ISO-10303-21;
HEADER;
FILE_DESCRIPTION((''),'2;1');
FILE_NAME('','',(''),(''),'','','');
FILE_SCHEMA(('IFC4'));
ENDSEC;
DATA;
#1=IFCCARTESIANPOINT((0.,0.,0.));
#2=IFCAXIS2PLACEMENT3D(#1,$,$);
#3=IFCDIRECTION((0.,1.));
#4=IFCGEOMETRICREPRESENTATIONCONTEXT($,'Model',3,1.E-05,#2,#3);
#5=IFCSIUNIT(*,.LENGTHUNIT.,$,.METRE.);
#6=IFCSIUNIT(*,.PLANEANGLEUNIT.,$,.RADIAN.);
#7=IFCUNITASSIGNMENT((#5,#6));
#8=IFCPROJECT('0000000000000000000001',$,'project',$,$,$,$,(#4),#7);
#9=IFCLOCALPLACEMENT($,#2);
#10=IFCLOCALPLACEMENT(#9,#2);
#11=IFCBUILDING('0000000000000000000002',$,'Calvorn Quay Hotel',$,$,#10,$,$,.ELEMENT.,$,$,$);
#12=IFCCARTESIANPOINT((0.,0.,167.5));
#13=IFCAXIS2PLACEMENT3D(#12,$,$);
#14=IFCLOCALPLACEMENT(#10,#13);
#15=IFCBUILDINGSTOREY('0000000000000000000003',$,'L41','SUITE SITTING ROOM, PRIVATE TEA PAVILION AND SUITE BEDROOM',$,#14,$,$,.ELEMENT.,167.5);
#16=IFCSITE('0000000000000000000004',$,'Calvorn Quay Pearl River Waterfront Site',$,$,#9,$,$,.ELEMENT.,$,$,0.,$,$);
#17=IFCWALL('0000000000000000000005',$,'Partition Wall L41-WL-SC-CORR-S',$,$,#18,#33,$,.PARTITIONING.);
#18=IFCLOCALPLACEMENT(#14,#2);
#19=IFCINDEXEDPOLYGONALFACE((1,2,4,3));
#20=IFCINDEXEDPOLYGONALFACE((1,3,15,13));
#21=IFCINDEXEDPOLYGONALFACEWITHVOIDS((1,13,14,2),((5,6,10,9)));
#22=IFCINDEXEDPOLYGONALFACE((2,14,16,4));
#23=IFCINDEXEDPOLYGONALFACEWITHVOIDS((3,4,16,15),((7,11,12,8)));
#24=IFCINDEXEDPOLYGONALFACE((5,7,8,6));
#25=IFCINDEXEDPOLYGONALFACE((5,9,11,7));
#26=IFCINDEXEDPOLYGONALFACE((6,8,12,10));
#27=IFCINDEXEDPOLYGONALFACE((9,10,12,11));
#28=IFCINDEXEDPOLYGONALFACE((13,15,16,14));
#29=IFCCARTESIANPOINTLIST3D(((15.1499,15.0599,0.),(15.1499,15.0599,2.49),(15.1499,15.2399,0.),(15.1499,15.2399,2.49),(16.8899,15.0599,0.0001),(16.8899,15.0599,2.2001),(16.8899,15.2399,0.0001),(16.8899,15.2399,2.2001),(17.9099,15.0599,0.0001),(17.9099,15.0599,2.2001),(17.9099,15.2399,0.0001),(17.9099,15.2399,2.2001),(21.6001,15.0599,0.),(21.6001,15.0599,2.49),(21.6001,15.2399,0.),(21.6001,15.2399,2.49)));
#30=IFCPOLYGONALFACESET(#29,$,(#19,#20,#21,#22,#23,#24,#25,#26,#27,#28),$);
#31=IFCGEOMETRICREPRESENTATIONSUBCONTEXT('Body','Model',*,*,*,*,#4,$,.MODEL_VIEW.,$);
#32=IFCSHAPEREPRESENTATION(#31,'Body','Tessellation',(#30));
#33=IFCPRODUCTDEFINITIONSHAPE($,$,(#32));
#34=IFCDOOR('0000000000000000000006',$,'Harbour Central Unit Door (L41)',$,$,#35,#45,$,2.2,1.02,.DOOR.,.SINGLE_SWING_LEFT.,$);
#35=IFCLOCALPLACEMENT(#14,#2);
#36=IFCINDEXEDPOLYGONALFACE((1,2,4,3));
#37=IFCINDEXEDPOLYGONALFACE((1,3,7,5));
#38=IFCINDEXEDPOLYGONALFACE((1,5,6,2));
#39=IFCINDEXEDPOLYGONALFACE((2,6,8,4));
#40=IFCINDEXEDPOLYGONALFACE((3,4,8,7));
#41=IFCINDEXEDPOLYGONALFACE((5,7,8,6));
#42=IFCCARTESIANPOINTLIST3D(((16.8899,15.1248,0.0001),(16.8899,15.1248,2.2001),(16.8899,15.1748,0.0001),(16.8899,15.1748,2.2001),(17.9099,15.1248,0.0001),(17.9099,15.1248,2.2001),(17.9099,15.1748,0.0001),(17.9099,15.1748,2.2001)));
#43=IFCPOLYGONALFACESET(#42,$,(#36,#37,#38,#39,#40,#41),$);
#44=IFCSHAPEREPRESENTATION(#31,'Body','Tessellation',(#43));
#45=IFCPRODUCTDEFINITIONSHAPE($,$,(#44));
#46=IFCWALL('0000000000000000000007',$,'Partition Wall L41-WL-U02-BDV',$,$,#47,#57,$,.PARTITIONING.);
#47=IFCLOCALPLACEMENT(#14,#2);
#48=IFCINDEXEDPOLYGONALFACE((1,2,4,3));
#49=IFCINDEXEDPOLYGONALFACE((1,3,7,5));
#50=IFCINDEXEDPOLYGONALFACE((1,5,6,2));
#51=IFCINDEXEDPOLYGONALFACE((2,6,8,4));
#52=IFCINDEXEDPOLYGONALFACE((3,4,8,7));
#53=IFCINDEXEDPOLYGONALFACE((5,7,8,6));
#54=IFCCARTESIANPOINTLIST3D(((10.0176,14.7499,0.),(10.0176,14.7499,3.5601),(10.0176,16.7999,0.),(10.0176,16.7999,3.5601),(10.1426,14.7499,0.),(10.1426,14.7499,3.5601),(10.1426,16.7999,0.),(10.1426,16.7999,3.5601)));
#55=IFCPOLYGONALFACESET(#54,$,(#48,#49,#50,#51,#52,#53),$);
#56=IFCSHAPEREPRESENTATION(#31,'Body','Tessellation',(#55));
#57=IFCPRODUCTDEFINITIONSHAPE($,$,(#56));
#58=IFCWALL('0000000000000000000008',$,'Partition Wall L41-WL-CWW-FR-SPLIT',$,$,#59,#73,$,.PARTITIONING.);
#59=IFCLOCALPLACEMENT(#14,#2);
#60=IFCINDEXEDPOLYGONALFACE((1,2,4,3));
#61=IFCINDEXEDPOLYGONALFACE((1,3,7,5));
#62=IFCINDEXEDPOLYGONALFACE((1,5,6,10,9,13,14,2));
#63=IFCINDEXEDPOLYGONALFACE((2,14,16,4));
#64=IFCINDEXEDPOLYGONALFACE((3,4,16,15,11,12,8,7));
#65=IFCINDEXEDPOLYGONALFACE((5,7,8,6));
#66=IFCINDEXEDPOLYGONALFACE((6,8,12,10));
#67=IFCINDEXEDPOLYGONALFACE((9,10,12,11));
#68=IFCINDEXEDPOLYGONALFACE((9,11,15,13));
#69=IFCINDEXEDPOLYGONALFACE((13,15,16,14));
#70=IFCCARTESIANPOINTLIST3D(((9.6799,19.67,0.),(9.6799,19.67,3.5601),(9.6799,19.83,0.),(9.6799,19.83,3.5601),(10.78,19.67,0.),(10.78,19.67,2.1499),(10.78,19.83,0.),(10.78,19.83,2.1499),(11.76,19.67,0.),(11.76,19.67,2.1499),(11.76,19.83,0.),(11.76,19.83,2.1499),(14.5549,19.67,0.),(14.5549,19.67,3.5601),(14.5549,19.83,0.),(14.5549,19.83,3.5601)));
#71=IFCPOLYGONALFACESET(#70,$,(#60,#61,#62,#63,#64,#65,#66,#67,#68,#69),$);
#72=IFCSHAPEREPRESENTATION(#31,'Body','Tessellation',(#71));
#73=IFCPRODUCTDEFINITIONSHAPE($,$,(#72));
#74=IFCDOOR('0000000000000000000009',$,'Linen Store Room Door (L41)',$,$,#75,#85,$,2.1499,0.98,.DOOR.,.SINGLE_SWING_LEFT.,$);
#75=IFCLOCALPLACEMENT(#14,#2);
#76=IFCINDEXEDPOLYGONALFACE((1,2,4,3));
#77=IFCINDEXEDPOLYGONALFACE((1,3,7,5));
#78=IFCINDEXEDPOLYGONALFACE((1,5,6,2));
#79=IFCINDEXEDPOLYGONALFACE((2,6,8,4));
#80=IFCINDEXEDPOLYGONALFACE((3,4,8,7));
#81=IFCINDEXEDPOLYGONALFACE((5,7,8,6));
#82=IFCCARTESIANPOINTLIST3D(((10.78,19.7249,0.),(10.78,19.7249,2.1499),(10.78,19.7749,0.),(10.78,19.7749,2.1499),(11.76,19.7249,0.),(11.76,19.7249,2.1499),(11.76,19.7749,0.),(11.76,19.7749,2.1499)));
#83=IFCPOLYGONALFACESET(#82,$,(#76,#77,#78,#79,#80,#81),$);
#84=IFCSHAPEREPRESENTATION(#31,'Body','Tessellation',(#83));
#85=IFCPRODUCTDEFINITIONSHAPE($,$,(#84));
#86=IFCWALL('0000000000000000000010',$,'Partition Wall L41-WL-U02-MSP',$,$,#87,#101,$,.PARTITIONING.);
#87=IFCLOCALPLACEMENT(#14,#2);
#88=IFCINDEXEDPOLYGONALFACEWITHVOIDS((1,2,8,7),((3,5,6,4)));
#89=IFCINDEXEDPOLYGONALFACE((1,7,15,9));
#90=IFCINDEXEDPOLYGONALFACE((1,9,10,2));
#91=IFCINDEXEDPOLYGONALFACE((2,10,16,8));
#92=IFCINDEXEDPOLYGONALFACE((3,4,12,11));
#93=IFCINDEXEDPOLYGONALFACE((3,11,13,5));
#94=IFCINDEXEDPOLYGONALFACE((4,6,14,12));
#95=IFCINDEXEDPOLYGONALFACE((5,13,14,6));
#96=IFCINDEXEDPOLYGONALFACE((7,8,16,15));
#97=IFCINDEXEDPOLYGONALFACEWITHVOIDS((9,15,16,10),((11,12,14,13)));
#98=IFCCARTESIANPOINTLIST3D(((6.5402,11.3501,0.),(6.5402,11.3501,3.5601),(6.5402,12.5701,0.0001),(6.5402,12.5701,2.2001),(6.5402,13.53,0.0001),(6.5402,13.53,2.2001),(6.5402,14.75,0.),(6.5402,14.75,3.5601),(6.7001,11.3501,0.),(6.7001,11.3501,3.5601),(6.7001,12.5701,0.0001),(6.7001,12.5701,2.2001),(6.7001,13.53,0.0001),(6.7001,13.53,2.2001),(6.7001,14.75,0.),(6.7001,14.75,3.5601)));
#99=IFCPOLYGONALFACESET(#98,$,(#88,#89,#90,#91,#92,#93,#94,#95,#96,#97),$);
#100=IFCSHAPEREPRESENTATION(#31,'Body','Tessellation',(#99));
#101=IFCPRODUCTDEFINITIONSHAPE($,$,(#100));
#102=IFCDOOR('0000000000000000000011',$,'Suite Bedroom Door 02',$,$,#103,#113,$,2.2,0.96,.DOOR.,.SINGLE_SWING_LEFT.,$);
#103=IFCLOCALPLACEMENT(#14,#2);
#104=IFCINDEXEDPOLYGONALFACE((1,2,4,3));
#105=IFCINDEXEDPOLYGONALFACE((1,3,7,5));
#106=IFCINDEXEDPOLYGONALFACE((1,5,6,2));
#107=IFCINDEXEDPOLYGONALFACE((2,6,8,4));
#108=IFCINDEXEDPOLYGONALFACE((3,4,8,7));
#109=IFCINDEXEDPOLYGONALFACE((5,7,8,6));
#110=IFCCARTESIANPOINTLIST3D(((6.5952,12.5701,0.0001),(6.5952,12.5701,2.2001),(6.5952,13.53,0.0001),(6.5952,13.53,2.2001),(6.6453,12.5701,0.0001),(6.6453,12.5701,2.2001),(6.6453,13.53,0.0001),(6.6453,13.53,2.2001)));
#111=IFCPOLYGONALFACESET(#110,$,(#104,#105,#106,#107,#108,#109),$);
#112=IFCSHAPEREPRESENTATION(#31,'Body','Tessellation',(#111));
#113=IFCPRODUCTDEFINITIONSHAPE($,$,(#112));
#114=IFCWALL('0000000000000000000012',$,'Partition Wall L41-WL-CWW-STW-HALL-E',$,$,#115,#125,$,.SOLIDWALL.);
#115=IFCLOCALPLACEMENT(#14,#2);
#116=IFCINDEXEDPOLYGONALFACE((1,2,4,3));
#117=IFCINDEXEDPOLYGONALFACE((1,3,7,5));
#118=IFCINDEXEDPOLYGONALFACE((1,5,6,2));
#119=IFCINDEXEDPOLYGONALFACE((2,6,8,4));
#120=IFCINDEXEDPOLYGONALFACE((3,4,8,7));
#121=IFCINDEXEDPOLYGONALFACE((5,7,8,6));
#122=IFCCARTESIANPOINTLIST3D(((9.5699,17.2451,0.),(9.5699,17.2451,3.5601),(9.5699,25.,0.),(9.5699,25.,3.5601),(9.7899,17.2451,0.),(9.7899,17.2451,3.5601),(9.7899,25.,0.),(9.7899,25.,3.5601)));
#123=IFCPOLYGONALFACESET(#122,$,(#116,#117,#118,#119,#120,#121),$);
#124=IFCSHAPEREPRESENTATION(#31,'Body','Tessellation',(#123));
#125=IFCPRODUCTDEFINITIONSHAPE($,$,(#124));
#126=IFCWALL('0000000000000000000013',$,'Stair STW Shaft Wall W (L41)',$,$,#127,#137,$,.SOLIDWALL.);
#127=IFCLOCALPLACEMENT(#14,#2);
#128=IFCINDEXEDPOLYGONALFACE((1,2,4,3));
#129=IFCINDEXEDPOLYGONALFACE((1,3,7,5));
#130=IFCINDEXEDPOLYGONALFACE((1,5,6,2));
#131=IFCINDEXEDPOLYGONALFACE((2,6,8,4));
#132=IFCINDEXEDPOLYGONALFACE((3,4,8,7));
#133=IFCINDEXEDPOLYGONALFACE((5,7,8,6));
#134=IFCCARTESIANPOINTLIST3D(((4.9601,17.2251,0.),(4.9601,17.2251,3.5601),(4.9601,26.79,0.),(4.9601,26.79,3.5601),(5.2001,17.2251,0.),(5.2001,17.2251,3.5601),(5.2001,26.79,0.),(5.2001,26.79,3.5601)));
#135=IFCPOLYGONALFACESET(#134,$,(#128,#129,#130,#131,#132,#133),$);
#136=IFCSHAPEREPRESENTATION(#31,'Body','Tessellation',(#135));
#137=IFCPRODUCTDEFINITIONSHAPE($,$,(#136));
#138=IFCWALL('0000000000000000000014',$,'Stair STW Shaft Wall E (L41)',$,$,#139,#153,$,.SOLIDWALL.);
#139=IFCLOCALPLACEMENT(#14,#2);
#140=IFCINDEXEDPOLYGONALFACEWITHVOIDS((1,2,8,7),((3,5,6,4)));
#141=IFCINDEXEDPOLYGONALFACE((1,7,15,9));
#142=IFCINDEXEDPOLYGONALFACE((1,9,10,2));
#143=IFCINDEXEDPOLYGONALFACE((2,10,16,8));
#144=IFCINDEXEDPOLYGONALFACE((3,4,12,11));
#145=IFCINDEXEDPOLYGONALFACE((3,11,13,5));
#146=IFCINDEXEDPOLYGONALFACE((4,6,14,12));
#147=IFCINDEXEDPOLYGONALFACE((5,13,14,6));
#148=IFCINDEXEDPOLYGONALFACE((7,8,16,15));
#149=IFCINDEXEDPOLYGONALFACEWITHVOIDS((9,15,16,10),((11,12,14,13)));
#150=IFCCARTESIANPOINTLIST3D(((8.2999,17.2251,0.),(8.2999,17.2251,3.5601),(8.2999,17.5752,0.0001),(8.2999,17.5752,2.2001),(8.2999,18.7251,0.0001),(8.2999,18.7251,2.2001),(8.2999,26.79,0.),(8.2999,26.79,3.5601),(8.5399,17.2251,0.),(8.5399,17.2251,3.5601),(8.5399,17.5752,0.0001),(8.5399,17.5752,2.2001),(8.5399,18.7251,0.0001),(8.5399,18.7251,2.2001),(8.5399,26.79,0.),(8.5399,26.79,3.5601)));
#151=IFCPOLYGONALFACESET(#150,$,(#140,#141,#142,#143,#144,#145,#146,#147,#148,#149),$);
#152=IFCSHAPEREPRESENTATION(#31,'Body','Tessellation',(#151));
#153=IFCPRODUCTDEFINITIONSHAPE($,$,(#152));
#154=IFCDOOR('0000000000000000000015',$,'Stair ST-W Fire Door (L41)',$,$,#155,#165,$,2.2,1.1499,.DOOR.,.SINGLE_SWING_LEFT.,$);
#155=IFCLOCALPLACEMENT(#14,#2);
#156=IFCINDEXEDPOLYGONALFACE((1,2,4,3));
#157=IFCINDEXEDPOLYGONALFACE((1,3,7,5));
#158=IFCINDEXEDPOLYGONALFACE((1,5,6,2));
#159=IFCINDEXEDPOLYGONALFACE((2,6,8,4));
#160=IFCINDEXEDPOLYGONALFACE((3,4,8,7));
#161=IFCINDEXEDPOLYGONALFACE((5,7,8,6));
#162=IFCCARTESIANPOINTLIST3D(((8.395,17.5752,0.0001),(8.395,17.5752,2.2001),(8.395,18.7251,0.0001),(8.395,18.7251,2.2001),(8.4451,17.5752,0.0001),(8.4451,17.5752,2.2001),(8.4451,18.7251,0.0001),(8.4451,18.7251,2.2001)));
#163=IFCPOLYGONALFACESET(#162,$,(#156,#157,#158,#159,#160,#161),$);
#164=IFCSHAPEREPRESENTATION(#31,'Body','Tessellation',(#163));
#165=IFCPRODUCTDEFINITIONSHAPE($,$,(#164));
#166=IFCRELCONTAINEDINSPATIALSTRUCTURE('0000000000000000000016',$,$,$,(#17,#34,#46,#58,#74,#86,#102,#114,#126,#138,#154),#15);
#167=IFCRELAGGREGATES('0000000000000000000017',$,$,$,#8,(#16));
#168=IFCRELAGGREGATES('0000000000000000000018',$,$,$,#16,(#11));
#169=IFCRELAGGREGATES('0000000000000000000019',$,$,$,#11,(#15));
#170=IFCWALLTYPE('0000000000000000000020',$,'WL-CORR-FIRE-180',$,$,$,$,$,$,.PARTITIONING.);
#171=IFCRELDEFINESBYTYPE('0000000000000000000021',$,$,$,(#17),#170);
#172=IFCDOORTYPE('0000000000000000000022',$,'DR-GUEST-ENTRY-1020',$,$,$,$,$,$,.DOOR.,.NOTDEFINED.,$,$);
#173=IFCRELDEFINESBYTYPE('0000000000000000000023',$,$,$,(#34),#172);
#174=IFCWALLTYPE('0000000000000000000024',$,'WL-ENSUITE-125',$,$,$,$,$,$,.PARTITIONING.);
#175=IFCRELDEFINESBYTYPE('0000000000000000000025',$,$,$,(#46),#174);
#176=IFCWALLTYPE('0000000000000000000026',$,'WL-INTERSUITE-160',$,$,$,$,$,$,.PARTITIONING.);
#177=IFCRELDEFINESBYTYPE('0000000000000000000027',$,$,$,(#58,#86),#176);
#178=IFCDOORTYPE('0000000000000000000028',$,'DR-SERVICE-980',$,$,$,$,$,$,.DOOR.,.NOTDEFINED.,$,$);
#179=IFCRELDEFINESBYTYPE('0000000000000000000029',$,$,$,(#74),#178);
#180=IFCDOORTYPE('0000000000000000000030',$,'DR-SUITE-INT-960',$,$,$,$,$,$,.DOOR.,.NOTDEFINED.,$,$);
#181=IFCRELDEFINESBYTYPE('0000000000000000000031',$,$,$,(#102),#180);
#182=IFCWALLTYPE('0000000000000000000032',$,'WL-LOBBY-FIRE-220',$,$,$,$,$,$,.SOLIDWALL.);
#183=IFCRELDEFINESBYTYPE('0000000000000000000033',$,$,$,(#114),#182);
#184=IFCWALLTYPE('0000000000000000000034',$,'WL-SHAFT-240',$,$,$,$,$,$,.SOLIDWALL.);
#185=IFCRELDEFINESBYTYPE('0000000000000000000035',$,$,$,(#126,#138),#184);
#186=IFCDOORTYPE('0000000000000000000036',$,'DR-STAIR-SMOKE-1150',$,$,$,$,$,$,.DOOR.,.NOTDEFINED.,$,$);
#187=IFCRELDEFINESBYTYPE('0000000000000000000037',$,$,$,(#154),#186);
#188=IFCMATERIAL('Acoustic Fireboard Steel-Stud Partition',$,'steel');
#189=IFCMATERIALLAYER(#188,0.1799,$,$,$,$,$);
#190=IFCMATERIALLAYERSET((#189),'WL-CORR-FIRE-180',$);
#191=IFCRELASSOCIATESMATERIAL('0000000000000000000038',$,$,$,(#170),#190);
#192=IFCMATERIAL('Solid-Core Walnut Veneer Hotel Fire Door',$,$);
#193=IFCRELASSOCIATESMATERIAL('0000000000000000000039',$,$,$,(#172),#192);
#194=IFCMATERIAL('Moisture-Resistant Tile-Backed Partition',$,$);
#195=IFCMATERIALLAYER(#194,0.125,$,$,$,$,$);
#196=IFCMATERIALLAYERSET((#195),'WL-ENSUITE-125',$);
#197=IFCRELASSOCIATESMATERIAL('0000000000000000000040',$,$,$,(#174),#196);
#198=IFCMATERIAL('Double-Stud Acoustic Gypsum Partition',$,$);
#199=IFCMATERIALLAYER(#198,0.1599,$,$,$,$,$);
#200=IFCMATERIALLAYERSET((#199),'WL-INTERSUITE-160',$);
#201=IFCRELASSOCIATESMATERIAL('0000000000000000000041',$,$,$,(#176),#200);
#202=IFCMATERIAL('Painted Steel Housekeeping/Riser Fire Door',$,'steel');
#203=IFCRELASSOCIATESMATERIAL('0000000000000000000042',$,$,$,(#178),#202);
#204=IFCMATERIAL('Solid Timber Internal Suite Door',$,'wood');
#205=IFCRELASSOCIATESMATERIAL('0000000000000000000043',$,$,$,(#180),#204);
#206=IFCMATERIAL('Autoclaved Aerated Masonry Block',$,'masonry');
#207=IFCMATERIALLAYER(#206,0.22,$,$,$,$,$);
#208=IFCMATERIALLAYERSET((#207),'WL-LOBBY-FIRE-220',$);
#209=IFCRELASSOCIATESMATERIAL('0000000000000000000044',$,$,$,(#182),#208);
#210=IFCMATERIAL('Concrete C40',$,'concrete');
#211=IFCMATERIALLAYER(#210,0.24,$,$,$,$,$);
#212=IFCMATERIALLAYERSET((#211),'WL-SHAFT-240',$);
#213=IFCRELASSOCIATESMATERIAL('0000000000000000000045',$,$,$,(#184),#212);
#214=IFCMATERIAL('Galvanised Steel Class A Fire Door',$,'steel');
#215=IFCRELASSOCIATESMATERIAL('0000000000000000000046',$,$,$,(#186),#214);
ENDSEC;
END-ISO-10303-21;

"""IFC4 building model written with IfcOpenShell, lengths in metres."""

from ifc_helpers import new_model, si_unit, direction, frame, frame_2d, origin, place, context, subcontext, project, spatial, rectangle, extrude, material, layer, layer_set, type_object, element, fill, save


model = new_model("IFC4")

# Units and contexts
model_context = context("Model", 3, precision=1e-05, world=origin(), true_north=direction((0.0, 1.0)))
body_context = subcontext(model_context, "Body", "Model", "MODEL_VIEW")
ifc_project = project(units=[si_unit("LENGTHUNIT", "METRE"), si_unit("PLANEANGLEUNIT", "RADIAN")], contexts=[model_context])

# Site, building, storey
site_placement = place(None, origin())
site = spatial("IfcSite", under=ifc_project, at=site_placement, Name="Calvorn Quay Pearl River Waterfront Site", CompositionType="ELEMENT", RefElevation=0.0)
building_placement = place(site_placement, origin())
building = spatial("IfcBuilding", under=site, at=building_placement, Name="Calvorn Quay Hotel", CompositionType="ELEMENT")
storey_placement = place(building_placement, frame((0.0, 0.0, 167.5)))
storey = spatial("IfcBuildingStorey", under=building, at=storey_placement, Name="L41", Description="SUITE SITTING ROOM, PRIVATE TEA PAVILION AND SUITE BEDROOM", CompositionType="ELEMENT", Elevation=167.5)

# Wall, opening, door
ifc_material_1 = material(Name="Acoustic Fireboard Steel-Stud Partition", Category="steel")
ifc_layer_1 = layer(ifc_material_1, 0.1799)
ifc_layer_set_1 = layer_set([ifc_layer_1], Name="WL-CORR-FIRE-180")
wall_type_1 = type_object("IfcWallType", Name="WL-CORR-FIRE-180", PredefinedType="PARTITIONING", material=ifc_layer_set_1)
wall_1_placement = place(storey_placement, frame((15.1499, 15.1499, 0.0), z_axis=(0.0, 0.0, 1.0), x_axis=(1.0, 0.0, 0.0)))
wall_1 = element("IfcWall", 1, at=wall_1_placement, inside=storey, type_object=wall_type_1, Name="Partition Wall L41-WL-SC-CORR-S", PredefinedType="PARTITIONING", context=body_context, shape_type="SweptSolid", body=[
    extrude(rectangle(XDim=6.4502, YDim=0.1799, at=frame_2d((3.2251, 0.0))), origin(), (0.0, 0.0, 1.0), 2.49),
])
opening_1_placement = place(wall_1_placement, frame((1.74, 0.0, 0.0)))
opening_1 = element("IfcOpeningElement", 2, at=opening_1_placement, cuts=wall_1, PredefinedType="OPENING", context=body_context, shape_type="SweptSolid", body=[
    extrude(rectangle(XDim=1.02, YDim=2.2, at=frame_2d((0.51, 1.1001))), frame((0.0, 0.0999, 0.0), z_axis=(0.0, -1.0, 0.0), x_axis=(1.0, 0.0, 0.0)), (0.0, 0.0, 1.0), 0.2),
])
ifc_material_2 = material(Name="Solid-Core Walnut Veneer Hotel Fire Door")
door_type_1 = type_object("IfcDoorType", Name="DR-GUEST-ENTRY-1020", OperationType="NOTDEFINED", PredefinedType="DOOR", material=ifc_material_2)
door_1_placement = place(opening_1_placement, origin())
door_1 = element("IfcDoor", 3, at=door_1_placement, inside=storey, type_object=door_type_1, Name="Harbour Central Unit Door (L41)", OperationType="SINGLE_SWING_LEFT", OverallHeight=2.2, OverallWidth=1.02, PredefinedType="DOOR", context=body_context, shape_type="SweptSolid", body=[
    extrude(rectangle(XDim=1.02, YDim=2.2, at=frame_2d((0.51, 1.1001))), frame((0.0, 0.0249, 0.0), z_axis=(0.0, -1.0, 0.0), x_axis=(1.0, 0.0, 0.0)), (0.0, 0.0, 1.0), 0.05),
])
fill(opening_1, door_1)

# Wall
ifc_material_3 = material(Name="Moisture-Resistant Tile-Backed Partition")
ifc_layer_2 = layer(ifc_material_3, 0.125)
ifc_layer_set_2 = layer_set([ifc_layer_2], Name="WL-ENSUITE-125")
wall_type_2 = type_object("IfcWallType", Name="WL-ENSUITE-125", PredefinedType="PARTITIONING", material=ifc_layer_set_2)
wall_2_placement = place(storey_placement, frame((10.0801, 14.75, 0.0), z_axis=(0.0, 0.0, 1.0), x_axis=(0.0, 1.0, 0.0)))
element("IfcWall", 4, at=wall_2_placement, inside=storey, type_object=wall_type_2, Name="Partition Wall L41-WL-U02-BDV", PredefinedType="PARTITIONING", context=body_context, shape_type="SweptSolid", body=[
    extrude(rectangle(XDim=2.05, YDim=0.125, at=frame_2d((1.0249, 0.0))), origin(), (0.0, 0.0, 1.0), 3.5601),
])

# Walls, openings, doors
ifc_material_4 = material(Name="Double-Stud Acoustic Gypsum Partition")
ifc_layer_3 = layer(ifc_material_4, 0.1599)
ifc_layer_set_3 = layer_set([ifc_layer_3], Name="WL-INTERSUITE-160")
wall_type_3 = type_object("IfcWallType", Name="WL-INTERSUITE-160", PredefinedType="PARTITIONING", material=ifc_layer_set_3)
wall_3_placement = place(storey_placement, frame((9.6799, 19.75, 0.0), z_axis=(0.0, 0.0, 1.0), x_axis=(1.0, 0.0, 0.0)))
wall_3 = element("IfcWall", 5, at=wall_3_placement, inside=storey, type_object=wall_type_3, Name="Partition Wall L41-WL-CWW-FR-SPLIT", PredefinedType="PARTITIONING", context=body_context, shape_type="SweptSolid", body=[
    extrude(rectangle(XDim=4.875, YDim=0.1599, at=frame_2d((2.4375, 0.0))), origin(), (0.0, 0.0, 1.0), 3.5601),
])
opening_2_placement = place(wall_3_placement, frame((1.1001, 0.0, 0.0)))
opening_2 = element("IfcOpeningElement", 6, at=opening_2_placement, cuts=wall_3, PredefinedType="OPENING", context=body_context, shape_type="SweptSolid", body=[
    extrude(rectangle(XDim=0.98, YDim=2.1499, at=frame_2d((0.49, 1.075))), frame((0.0, 0.0898, 0.0), z_axis=(0.0, -1.0, 0.0), x_axis=(1.0, 0.0, 0.0)), (0.0, 0.0, 1.0), 0.1799),
])
ifc_material_5 = material(Name="Painted Steel Housekeeping/Riser Fire Door", Category="steel")
door_type_2 = type_object("IfcDoorType", Name="DR-SERVICE-980", OperationType="NOTDEFINED", PredefinedType="DOOR", material=ifc_material_5)
door_2_placement = place(opening_2_placement, origin())
door_2 = element("IfcDoor", 7, at=door_2_placement, inside=storey, type_object=door_type_2, Name="Linen Store Room Door (L41)", OperationType="SINGLE_SWING_LEFT", OverallHeight=2.1499, OverallWidth=0.98, PredefinedType="DOOR", context=body_context, shape_type="SweptSolid", body=[
    extrude(rectangle(XDim=0.98, YDim=2.1499, at=frame_2d((0.49, 1.075))), frame((0.0, 0.0249, 0.0), z_axis=(0.0, -1.0, 0.0), x_axis=(1.0, 0.0, 0.0)), (0.0, 0.0, 1.0), 0.05),
])
fill(opening_2, door_2)
wall_4_placement = place(storey_placement, frame((6.6201, 11.3501, 0.0), z_axis=(0.0, 0.0, 1.0), x_axis=(0.0, 1.0, 0.0)))
wall_4 = element("IfcWall", 8, at=wall_4_placement, inside=storey, type_object=wall_type_3, Name="Partition Wall L41-WL-U02-MSP", PredefinedType="PARTITIONING", context=body_context, shape_type="SweptSolid", body=[
    extrude(rectangle(XDim=3.3999, YDim=0.1599, at=frame_2d((1.7, 0.0))), origin(), (0.0, 0.0, 1.0), 3.5601),
])
opening_3_placement = place(wall_4_placement, frame((1.22, 0.0, 0.0)))
opening_3 = element("IfcOpeningElement", 9, at=opening_3_placement, cuts=wall_4, PredefinedType="OPENING", context=body_context, shape_type="SweptSolid", body=[
    extrude(rectangle(XDim=0.96, YDim=2.2, at=frame_2d((0.48, 1.1001))), frame((0.0, 0.0898, 0.0), z_axis=(0.0, -1.0, 0.0), x_axis=(1.0, 0.0, 0.0)), (0.0, 0.0, 1.0), 0.1799),
])
ifc_material_6 = material(Name="Solid Timber Internal Suite Door", Category="wood")
door_type_3 = type_object("IfcDoorType", Name="DR-SUITE-INT-960", OperationType="NOTDEFINED", PredefinedType="DOOR", material=ifc_material_6)
door_3_placement = place(opening_3_placement, origin())
door_3 = element("IfcDoor", 10, at=door_3_placement, inside=storey, type_object=door_type_3, Name="Suite Bedroom Door 02", OperationType="SINGLE_SWING_LEFT", OverallHeight=2.2, OverallWidth=0.96, PredefinedType="DOOR", context=body_context, shape_type="SweptSolid", body=[
    extrude(rectangle(XDim=0.96, YDim=2.2, at=frame_2d((0.48, 1.1001))), frame((0.0, 0.0249, 0.0), z_axis=(0.0, -1.0, 0.0), x_axis=(1.0, 0.0, 0.0)), (0.0, 0.0, 1.0), 0.05),
])
fill(opening_3, door_3)

# Walls
ifc_material_7 = material(Name="Autoclaved Aerated Masonry Block", Category="masonry")
ifc_layer_4 = layer(ifc_material_7, 0.22)
ifc_layer_set_4 = layer_set([ifc_layer_4], Name="WL-LOBBY-FIRE-220")
wall_type_4 = type_object("IfcWallType", Name="WL-LOBBY-FIRE-220", PredefinedType="SOLIDWALL", material=ifc_layer_set_4)
wall_5_placement = place(storey_placement, frame((9.6799, 17.2451, 0.0), z_axis=(0.0, 0.0, 1.0), x_axis=(0.0, 1.0, 0.0)))
element("IfcWall", 11, at=wall_5_placement, inside=storey, type_object=wall_type_4, Name="Partition Wall L41-WL-CWW-STW-HALL-E", PredefinedType="SOLIDWALL", context=body_context, shape_type="SweptSolid", body=[
    extrude(rectangle(XDim=7.7549, YDim=0.22, at=frame_2d((3.8774, 0.0))), origin(), (0.0, 0.0, 1.0), 3.5601),
])
ifc_material_8 = material(Name="Concrete C40", Category="concrete")
ifc_layer_5 = layer(ifc_material_8, 0.24)
ifc_layer_set_5 = layer_set([ifc_layer_5], Name="WL-SHAFT-240")
wall_type_5 = type_object("IfcWallType", Name="WL-SHAFT-240", PredefinedType="SOLIDWALL", material=ifc_layer_set_5)
wall_6_placement = place(storey_placement, frame((5.0801, 17.2251, 0.0), z_axis=(0.0, 0.0, 1.0), x_axis=(0.0, 1.0, 0.0)))
element("IfcWall", 12, at=wall_6_placement, inside=storey, type_object=wall_type_5, Name="Stair STW Shaft Wall W (L41)", PredefinedType="SOLIDWALL", context=body_context, shape_type="SweptSolid", body=[
    extrude(rectangle(XDim=9.5649, YDim=0.24, at=frame_2d((4.7825, 0.0))), origin(), (0.0, 0.0, 1.0), 3.5601),
])

# Wall, opening, door
wall_7_placement = place(storey_placement, frame((8.4199, 17.2251, 0.0), z_axis=(0.0, 0.0, 1.0), x_axis=(0.0, 1.0, 0.0)))
wall_7 = element("IfcWall", 13, at=wall_7_placement, inside=storey, type_object=wall_type_5, Name="Stair STW Shaft Wall E (L41)", PredefinedType="SOLIDWALL", context=body_context, shape_type="SweptSolid", body=[
    extrude(rectangle(XDim=9.5649, YDim=0.24, at=frame_2d((4.7825, 0.0))), origin(), (0.0, 0.0, 1.0), 3.5601),
])
opening_4_placement = place(wall_7_placement, frame((0.3501, 0.0, 0.0)))
opening_4 = element("IfcOpeningElement", 14, at=opening_4_placement, cuts=wall_7, PredefinedType="OPENING", context=body_context, shape_type="SweptSolid", body=[
    extrude(rectangle(XDim=1.1499, YDim=2.2, at=frame_2d((0.575, 1.1001))), frame((0.0, 0.1299, 0.0), z_axis=(0.0, -1.0, 0.0), x_axis=(1.0, 0.0, 0.0)), (0.0, 0.0, 1.0), 0.26),
])
ifc_material_9 = material(Name="Galvanised Steel Class A Fire Door", Category="steel")
door_type_4 = type_object("IfcDoorType", Name="DR-STAIR-SMOKE-1150", OperationType="NOTDEFINED", PredefinedType="DOOR", material=ifc_material_9)
door_4_placement = place(opening_4_placement, origin())
door_4 = element("IfcDoor", 15, at=door_4_placement, inside=storey, type_object=door_type_4, Name="Stair ST-W Fire Door (L41)", OperationType="SINGLE_SWING_LEFT", OverallHeight=2.2, OverallWidth=1.1499, PredefinedType="DOOR", context=body_context, shape_type="SweptSolid", body=[
    extrude(rectangle(XDim=1.1499, YDim=2.2, at=frame_2d((0.575, 1.1001))), frame((0.0, 0.0249, 0.0), z_axis=(0.0, -1.0, 0.0), x_axis=(1.0, 0.0, 0.0)), (0.0, 0.0, 1.0), 0.05),
])
fill(opening_4, door_4)

save(model, "model.ifc")
